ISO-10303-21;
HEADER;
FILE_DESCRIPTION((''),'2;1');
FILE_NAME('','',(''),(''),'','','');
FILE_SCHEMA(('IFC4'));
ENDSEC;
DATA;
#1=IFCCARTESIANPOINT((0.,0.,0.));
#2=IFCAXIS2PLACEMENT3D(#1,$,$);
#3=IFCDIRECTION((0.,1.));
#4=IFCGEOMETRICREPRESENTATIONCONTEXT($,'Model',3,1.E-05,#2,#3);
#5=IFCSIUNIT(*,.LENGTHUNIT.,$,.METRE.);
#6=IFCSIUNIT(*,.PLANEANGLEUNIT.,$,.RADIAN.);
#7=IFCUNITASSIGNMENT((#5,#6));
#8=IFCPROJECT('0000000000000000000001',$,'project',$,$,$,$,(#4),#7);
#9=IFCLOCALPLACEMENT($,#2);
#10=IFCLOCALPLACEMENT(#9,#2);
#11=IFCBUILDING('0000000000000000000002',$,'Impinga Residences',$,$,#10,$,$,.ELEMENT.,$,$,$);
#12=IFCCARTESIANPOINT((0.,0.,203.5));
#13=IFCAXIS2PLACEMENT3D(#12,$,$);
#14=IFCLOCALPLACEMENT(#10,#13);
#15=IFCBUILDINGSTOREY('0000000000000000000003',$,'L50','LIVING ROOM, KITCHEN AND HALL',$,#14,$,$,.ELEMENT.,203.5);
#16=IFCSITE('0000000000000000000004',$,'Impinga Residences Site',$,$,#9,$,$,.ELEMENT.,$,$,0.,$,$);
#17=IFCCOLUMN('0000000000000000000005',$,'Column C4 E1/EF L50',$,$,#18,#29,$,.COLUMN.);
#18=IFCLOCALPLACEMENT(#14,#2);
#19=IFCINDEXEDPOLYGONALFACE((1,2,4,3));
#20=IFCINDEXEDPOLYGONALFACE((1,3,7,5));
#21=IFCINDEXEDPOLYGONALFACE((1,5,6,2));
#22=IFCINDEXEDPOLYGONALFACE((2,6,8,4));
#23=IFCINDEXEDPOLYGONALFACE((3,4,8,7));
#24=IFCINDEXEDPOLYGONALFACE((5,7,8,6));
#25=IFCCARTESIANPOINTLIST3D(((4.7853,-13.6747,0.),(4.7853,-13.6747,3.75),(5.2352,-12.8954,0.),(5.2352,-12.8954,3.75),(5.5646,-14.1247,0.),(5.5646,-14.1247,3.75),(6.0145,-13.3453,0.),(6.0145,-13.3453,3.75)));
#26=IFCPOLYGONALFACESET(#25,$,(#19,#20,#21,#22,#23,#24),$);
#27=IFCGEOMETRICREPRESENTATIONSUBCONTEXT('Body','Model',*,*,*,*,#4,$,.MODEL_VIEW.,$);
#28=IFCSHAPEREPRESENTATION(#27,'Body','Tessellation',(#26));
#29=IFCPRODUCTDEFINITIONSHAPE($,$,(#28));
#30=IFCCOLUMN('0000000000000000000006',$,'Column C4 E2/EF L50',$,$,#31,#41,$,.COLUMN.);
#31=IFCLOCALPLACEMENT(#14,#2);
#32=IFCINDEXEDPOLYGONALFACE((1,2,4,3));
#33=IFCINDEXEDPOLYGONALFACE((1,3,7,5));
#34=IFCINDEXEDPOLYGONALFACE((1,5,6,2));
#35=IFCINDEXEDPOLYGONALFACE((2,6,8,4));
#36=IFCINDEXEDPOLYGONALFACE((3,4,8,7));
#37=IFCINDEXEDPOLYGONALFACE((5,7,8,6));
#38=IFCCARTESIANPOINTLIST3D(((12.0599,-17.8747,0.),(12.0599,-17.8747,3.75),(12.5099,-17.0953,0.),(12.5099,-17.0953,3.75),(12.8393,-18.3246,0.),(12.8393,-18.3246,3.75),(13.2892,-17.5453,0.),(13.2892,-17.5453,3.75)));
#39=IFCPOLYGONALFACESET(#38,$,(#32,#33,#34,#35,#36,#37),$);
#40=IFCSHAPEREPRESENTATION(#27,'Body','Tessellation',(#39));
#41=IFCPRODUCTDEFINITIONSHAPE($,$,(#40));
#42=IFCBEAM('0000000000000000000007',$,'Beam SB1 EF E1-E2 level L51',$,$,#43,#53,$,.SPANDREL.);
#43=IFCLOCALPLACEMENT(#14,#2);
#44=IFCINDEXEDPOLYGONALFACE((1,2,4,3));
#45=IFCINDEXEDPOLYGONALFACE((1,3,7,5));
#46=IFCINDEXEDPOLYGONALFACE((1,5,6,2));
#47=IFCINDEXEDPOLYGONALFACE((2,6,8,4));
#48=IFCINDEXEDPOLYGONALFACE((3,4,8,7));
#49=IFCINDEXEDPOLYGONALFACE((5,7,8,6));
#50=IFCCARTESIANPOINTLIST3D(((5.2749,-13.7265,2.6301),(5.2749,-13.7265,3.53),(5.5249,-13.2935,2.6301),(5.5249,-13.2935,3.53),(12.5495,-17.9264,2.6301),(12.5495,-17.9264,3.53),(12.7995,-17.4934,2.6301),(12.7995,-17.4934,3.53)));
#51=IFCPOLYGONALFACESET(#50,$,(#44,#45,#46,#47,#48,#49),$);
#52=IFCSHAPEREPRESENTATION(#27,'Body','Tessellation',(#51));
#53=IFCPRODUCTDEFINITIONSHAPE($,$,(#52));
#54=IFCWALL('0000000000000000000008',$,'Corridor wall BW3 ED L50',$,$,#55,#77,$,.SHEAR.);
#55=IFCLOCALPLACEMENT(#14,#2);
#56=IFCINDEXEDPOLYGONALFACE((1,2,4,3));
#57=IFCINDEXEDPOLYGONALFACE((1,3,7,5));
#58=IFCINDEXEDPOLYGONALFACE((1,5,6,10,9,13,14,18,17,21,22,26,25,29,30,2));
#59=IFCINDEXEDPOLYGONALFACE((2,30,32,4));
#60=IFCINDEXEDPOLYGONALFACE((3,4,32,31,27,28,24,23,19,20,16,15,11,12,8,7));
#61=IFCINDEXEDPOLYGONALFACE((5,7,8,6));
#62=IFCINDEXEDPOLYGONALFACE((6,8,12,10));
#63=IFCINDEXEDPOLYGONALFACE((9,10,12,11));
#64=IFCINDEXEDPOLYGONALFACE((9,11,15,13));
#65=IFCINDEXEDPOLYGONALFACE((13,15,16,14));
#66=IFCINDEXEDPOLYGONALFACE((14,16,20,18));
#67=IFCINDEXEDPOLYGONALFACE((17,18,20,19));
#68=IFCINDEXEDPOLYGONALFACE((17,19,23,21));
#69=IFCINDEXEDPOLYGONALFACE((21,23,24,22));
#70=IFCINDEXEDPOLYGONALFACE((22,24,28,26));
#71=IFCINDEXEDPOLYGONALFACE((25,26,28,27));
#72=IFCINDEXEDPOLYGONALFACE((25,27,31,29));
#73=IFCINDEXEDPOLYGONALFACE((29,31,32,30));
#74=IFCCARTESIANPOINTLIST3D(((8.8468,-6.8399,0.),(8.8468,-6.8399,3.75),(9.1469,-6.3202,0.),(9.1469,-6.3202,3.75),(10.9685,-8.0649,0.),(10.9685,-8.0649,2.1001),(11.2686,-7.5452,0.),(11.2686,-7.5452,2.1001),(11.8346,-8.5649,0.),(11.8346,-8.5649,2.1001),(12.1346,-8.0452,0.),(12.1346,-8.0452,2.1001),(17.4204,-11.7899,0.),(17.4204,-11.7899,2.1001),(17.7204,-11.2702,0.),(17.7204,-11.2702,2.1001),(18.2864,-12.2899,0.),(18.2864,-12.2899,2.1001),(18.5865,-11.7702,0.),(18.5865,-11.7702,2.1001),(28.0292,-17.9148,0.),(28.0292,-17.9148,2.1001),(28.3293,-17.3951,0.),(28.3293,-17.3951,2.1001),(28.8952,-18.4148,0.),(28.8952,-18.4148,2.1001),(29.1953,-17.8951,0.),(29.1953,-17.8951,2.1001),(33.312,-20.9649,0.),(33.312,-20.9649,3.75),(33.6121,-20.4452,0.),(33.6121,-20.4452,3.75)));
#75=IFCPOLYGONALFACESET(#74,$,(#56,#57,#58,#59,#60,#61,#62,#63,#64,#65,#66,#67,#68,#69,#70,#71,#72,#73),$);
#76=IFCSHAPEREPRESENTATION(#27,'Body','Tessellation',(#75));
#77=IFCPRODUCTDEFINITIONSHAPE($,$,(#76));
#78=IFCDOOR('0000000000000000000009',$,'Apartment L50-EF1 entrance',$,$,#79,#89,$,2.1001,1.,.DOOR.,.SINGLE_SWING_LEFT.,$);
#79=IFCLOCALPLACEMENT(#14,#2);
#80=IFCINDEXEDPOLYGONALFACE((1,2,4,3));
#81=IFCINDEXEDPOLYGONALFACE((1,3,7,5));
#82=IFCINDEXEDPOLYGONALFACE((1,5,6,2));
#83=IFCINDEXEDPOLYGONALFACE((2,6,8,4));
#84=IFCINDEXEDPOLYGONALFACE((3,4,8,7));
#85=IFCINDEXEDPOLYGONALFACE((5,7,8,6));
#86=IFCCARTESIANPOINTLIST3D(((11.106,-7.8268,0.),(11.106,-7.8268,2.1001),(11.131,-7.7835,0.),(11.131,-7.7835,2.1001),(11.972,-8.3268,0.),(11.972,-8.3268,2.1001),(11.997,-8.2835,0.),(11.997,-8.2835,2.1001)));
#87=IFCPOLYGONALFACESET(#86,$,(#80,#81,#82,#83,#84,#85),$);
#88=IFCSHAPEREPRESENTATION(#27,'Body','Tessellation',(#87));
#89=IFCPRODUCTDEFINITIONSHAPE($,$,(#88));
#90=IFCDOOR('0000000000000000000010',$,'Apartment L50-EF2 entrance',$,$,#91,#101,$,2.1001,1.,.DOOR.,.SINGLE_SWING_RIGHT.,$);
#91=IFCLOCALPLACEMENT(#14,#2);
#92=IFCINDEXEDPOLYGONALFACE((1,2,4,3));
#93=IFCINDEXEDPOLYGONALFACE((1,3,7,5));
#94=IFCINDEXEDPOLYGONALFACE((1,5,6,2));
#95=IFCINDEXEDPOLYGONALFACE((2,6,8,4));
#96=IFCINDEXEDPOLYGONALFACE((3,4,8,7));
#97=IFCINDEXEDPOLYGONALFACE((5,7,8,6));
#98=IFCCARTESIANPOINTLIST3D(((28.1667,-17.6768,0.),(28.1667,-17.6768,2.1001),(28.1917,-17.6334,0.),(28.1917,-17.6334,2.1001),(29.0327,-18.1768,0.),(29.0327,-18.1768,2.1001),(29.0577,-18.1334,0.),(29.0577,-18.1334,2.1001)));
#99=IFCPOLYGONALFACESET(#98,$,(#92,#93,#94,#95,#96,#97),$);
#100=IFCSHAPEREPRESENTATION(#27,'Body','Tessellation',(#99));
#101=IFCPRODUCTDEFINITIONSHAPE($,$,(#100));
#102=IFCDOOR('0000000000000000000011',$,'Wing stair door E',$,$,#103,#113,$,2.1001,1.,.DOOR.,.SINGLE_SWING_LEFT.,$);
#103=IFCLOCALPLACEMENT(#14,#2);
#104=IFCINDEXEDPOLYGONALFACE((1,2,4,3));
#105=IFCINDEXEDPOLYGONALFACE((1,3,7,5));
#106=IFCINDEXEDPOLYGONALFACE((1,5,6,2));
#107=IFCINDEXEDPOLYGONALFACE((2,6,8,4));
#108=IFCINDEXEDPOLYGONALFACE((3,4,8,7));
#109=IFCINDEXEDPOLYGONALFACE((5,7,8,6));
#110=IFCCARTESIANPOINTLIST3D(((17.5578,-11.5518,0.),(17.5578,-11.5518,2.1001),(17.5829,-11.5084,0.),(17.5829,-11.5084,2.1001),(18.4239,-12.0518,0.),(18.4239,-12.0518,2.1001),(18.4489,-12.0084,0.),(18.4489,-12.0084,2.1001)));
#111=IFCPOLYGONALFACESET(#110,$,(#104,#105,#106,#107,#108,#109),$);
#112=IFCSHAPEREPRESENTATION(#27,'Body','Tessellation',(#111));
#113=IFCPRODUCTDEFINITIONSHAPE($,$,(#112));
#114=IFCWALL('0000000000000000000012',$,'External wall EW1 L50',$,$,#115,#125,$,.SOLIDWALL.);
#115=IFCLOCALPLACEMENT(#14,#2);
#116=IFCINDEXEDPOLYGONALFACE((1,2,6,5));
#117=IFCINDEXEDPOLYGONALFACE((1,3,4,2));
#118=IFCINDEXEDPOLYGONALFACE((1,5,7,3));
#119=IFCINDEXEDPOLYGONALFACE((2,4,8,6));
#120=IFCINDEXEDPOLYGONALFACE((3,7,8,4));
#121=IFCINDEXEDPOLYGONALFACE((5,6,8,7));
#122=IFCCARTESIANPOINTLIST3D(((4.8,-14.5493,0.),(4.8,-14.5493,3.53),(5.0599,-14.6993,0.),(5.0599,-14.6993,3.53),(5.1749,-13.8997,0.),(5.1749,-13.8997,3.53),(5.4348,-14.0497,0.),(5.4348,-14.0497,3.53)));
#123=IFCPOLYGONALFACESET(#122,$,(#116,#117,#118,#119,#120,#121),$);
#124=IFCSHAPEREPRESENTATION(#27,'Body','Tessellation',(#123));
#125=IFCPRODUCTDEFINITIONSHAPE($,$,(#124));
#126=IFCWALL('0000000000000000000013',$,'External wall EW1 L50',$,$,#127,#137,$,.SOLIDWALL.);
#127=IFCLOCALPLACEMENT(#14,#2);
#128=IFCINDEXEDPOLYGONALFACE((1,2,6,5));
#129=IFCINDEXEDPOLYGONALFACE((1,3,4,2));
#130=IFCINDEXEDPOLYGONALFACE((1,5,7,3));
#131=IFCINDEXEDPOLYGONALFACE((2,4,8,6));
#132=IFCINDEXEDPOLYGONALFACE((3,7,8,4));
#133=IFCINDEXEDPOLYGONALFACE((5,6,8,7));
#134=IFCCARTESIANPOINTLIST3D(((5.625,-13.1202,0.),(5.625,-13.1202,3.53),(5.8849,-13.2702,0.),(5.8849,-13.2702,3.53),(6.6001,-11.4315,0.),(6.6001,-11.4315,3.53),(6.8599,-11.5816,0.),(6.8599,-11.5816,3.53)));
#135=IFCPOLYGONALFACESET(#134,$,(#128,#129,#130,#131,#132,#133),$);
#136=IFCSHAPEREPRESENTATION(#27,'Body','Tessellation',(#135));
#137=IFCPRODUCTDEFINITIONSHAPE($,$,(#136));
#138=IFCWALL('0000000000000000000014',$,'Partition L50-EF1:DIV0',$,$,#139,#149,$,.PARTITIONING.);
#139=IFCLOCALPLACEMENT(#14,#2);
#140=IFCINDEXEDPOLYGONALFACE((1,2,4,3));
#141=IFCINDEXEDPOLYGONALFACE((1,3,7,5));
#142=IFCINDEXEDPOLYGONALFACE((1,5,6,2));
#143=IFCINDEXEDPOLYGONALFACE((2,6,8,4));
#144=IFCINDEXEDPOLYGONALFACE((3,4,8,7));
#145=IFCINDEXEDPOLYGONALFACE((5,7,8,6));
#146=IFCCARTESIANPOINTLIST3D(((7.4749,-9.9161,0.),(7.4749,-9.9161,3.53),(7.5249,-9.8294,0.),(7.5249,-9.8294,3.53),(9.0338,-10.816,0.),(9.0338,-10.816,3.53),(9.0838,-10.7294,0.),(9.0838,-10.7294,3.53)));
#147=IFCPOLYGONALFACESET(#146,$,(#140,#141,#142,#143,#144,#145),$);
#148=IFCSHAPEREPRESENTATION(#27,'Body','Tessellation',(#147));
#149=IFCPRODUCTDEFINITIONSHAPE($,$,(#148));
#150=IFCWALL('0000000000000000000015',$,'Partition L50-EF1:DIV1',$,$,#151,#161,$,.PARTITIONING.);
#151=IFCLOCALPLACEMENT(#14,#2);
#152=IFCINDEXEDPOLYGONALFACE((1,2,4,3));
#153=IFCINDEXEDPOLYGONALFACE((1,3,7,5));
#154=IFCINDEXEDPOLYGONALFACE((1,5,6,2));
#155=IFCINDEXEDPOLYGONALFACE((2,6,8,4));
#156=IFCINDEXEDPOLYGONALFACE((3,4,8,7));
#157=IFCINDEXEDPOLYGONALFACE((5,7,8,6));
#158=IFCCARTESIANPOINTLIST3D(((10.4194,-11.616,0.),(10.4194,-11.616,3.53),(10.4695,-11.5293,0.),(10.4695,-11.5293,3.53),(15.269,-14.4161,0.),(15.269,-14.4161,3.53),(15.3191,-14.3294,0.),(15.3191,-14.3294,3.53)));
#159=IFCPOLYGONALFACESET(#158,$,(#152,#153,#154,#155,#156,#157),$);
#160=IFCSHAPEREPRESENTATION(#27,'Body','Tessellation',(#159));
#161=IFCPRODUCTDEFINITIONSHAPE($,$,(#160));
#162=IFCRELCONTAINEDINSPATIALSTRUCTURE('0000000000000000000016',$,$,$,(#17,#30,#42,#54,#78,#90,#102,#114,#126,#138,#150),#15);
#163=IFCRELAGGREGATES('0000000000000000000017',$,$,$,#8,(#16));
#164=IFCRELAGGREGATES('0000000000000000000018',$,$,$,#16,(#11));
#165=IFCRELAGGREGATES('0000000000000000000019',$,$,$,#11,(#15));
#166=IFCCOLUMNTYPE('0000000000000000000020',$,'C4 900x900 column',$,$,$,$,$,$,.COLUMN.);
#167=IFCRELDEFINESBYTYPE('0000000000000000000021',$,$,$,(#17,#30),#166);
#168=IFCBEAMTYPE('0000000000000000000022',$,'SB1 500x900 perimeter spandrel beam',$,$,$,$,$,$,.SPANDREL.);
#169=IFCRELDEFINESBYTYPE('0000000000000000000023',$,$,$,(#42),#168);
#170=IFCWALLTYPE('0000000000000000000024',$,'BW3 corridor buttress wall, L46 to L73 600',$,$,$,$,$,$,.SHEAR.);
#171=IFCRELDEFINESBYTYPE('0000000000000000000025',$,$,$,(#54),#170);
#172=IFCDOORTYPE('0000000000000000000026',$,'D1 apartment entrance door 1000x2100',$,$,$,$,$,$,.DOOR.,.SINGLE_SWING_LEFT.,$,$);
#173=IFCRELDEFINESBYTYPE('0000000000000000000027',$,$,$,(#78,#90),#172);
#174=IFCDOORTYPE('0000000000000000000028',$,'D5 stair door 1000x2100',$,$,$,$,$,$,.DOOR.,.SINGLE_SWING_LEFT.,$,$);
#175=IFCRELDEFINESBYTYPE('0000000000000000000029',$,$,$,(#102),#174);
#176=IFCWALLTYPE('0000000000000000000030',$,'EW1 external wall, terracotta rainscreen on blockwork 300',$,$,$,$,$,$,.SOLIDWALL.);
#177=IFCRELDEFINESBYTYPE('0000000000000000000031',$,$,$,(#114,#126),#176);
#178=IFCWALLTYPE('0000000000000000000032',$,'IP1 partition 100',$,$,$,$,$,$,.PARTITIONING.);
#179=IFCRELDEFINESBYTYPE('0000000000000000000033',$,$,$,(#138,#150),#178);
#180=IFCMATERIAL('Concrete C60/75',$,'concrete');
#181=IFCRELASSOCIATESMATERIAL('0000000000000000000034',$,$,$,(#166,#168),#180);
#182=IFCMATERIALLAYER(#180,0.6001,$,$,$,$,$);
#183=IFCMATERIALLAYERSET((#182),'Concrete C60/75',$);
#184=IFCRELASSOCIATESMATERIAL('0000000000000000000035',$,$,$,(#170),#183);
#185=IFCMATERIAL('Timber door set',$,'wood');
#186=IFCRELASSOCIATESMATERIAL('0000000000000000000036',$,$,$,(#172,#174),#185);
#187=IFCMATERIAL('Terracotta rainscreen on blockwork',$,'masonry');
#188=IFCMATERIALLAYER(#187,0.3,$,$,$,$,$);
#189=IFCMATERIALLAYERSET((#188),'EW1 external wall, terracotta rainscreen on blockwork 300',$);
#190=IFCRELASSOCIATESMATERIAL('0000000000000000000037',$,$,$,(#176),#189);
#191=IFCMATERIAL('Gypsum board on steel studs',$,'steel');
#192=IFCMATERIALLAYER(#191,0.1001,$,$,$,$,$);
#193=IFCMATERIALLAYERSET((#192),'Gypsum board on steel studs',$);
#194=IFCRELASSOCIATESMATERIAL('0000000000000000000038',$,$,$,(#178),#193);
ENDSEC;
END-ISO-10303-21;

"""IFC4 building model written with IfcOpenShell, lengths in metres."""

from ifc_helpers import new_model, si_unit, direction, frame, frame_2d, origin, origin_2d, place, context, subcontext, project, spatial, rectangle, extrude, material, layer, layer_set, material_profile, profile_set, type_object, element, fill, save


model = new_model("IFC4")

# Units and contexts
model_context = context("Model", 3, precision=1e-05, world=origin(), true_north=direction((0.0, 1.0)))
body_context = subcontext(model_context, "Body", "Model", "MODEL_VIEW")
ifc_project = project(units=[si_unit("LENGTHUNIT", "METRE"), si_unit("PLANEANGLEUNIT", "RADIAN")], contexts=[model_context])

# Site, building, storey
site_placement = place(None, origin())
site = spatial("IfcSite", under=ifc_project, at=site_placement, Name="Impinga Residences Site", CompositionType="ELEMENT", RefElevation=0.0)
building_placement = place(site_placement, origin())
building = spatial("IfcBuilding", under=site, at=building_placement, Name="Impinga Residences", CompositionType="ELEMENT")
storey_placement = place(building_placement, frame((0.0, 0.0, 203.5)))
storey = spatial("IfcBuildingStorey", under=building, at=storey_placement, Name="L50", Description="LIVING ROOM, KITCHEN AND HALL", CompositionType="ELEMENT", Elevation=203.5)

# Columns
ifc_material_1 = material(Name="Concrete C60/75", Category="concrete")
ifc_material_profile_1 = material_profile(ifc_material_1, rectangle(XDim=0.8999, YDim=0.8999, at=origin_2d()), Name="RC 900x900")
ifc_profile_set_1 = profile_set([ifc_material_profile_1], Name="Concrete C60/75")
column_type = type_object("IfcColumnType", Name="C4 900x900 column", PredefinedType="COLUMN", material=ifc_profile_set_1)
for number, where, z_axis, x_axis, name in (
    (1, (5.3999, -13.51, 0.0), (0.0, 0.0, 1.0), (-0.5, -0.866025, 0.0), "Column C4 E1/EF L50"),
    (2, (12.6746, -17.71, 0.0), (0.0, 0.0, 1.0), (-0.5, -0.866025, 0.0), "Column C4 E2/EF L50"),
):
    element("IfcColumn", number, at=place(storey_placement, frame(where, z_axis=z_axis, x_axis=x_axis)), inside=storey, type_object=column_type, Name=name, PredefinedType="COLUMN", context=body_context, shape_type="SweptSolid", body=[
        extrude(rectangle(XDim=0.8999, YDim=0.8999, at=origin_2d()), origin(), (0.0, 0.0, 1.0), 3.75),
    ])

# Beam
ifc_material_profile_2 = material_profile(ifc_material_1, rectangle(XDim=0.5, YDim=0.8999, at=origin_2d()), Name="RC 500x900")
ifc_profile_set_2 = profile_set([ifc_material_profile_2], Name="Concrete C60/75")
beam_type = type_object("IfcBeamType", Name="SB1 500x900 perimeter spandrel beam", PredefinedType="SPANDREL", material=ifc_profile_set_2)
beam_placement = place(storey_placement, frame((5.3999, -13.51, 3.0801), z_axis=(0.866029, -0.499993, 0.0), x_axis=(0.499993, 0.866029, 0.0)))
element("IfcBeam", 3, at=beam_placement, inside=storey, type_object=beam_type, Name="Beam SB1 EF E1-E2 level L51", PredefinedType="SPANDREL", context=body_context, shape_type="SweptSolid", body=[
    extrude(rectangle(XDim=0.5, YDim=0.8999, at=origin_2d()), origin(), (0.0, 0.0, 1.0), 8.3999),
])

# Wall, openings, doors
ifc_layer_1 = layer(ifc_material_1, 0.6001)
ifc_layer_set_1 = layer_set([ifc_layer_1], Name="Concrete C60/75")
wall_type_1 = type_object("IfcWallType", Name="BW3 corridor buttress wall, L46 to L73 600", PredefinedType="SHEAR", material=ifc_layer_set_1)
wall_1_placement = place(storey_placement, frame((8.9968, -6.5801, 0.0), z_axis=(0.0, 0.0, 1.0), x_axis=(0.866026, -0.499998, 0.0)))
wall_1 = element("IfcWall", 4, at=wall_1_placement, inside=storey, type_object=wall_type_1, Name="Corridor wall BW3 ED L50", PredefinedType="SHEAR", context=body_context, shape_type="SweptSolid", body=[
    extrude(rectangle(XDim=28.25, YDim=0.6001, at=frame_2d((14.125, 0.0))), origin(), (0.0, 0.0, 1.0), 3.75),
])
opening_1_placement = place(wall_1_placement, frame((9.8999, 0.0, 0.0)))
opening_1 = element("IfcOpeningElement", 5, at=opening_1_placement, cuts=wall_1, PredefinedType="OPENING", context=body_context, shape_type="SweptSolid", body=[
    extrude(rectangle(XDim=1.0, YDim=2.1001, at=frame_2d((0.5, 1.05))), frame((0.0, 0.3101, 0.0), z_axis=(0.0, -1.0, 0.0), x_axis=(1.0, 0.0, 0.0)), (0.0, 0.0, 1.0), 0.6201),
])
opening_2_placement = place(wall_1_placement, frame((2.45, 0.0, 0.0)))
opening_2 = element("IfcOpeningElement", 6, at=opening_2_placement, cuts=wall_1, PredefinedType="OPENING", context=body_context, shape_type="SweptSolid", body=[
    extrude(rectangle(XDim=1.0, YDim=2.1001, at=frame_2d((0.5, 1.05))), frame((0.0, 0.3101, 0.0), z_axis=(0.0, -1.0, 0.0), x_axis=(1.0, 0.0, 0.0)), (0.0, 0.0, 1.0), 0.6201),
])
opening_3_placement = place(wall_1_placement, frame((22.1499, 0.0, 0.0)))
opening_3 = element("IfcOpeningElement", 7, at=opening_3_placement, cuts=wall_1, PredefinedType="OPENING", context=body_context, shape_type="SweptSolid", body=[
    extrude(rectangle(XDim=1.0, YDim=2.1001, at=frame_2d((0.5, 1.05))), frame((0.0, 0.3101, 0.0), z_axis=(0.0, -1.0, 0.0), x_axis=(1.0, 0.0, 0.0)), (0.0, 0.0, 1.0), 0.6201),
])
ifc_material_2 = material(Name="Timber door set", Category="wood")
door_type_1 = type_object("IfcDoorType", Name="D1 apartment entrance door 1000x2100", OperationType="SINGLE_SWING_LEFT", PredefinedType="DOOR", material=ifc_material_2)
door_1_placement = place(opening_2_placement, origin())
door_1 = element("IfcDoor", 8, at=door_1_placement, inside=storey, type_object=door_type_1, Name="Apartment L50-EF1 entrance", OperationType="SINGLE_SWING_LEFT", OverallHeight=2.1001, OverallWidth=1.0, PredefinedType="DOOR", context=body_context, shape_type="SweptSolid", body=[
    extrude(rectangle(XDim=1.0, YDim=2.1001, at=frame_2d((0.5, 1.05))), frame((0.0, 0.0249, 0.0), z_axis=(0.0, -1.0, 0.0), x_axis=(1.0, 0.0, 0.0)), (0.0, 0.0, 1.0), 0.05),
])
fill(opening_2, door_1)
door_2_placement = place(opening_3_placement, origin())
door_2 = element("IfcDoor", 9, at=door_2_placement, inside=storey, type_object=door_type_1, Name="Apartment L50-EF2 entrance", OperationType="SINGLE_SWING_RIGHT", OverallHeight=2.1001, OverallWidth=1.0, PredefinedType="DOOR", context=body_context, shape_type="SweptSolid", body=[
    extrude(rectangle(XDim=1.0, YDim=2.1001, at=frame_2d((0.5, 1.05))), frame((0.0, 0.0249, 0.0), z_axis=(0.0, -1.0, 0.0), x_axis=(1.0, 0.0, 0.0)), (0.0, 0.0, 1.0), 0.05),
])
fill(opening_3, door_2)
door_type_2 = type_object("IfcDoorType", Name="D5 stair door 1000x2100", OperationType="SINGLE_SWING_LEFT", PredefinedType="DOOR", material=ifc_material_2)
door_3_placement = place(opening_1_placement, origin())
door_3 = element("IfcDoor", 10, at=door_3_placement, inside=storey, type_object=door_type_2, Name="Wing stair door E", OperationType="SINGLE_SWING_LEFT", OverallHeight=2.1001, OverallWidth=1.0, PredefinedType="DOOR", context=body_context, shape_type="SweptSolid", body=[
    extrude(rectangle(XDim=1.0, YDim=2.1001, at=frame_2d((0.5, 1.05))), frame((0.0, 0.0249, 0.0), z_axis=(0.0, -1.0, 0.0), x_axis=(1.0, 0.0, 0.0)), (0.0, 0.0, 1.0), 0.05),
])
fill(opening_1, door_3)

# Walls
ifc_material_3 = material(Name="Terracotta rainscreen on blockwork", Category="masonry")
ifc_layer_2 = layer(ifc_material_3, 0.3)
ifc_layer_set_2 = layer_set([ifc_layer_2], Name="EW1 external wall, terracotta rainscreen on blockwork 300")
wall_type_2 = type_object("IfcWallType", Name="EW1 external wall, terracotta rainscreen on blockwork 300", PredefinedType="SOLIDWALL", material=ifc_layer_set_2)
wall_2_placement = place(storey_placement, frame((4.9299, -14.6243, 0.0), z_axis=(0.0, 0.0, 1.0), x_axis=(0.49992, 0.866072, 0.0)))
element("IfcWall", 11, at=wall_2_placement, inside=storey, type_object=wall_type_2, Name="External wall EW1 L50", PredefinedType="SOLIDWALL", context=body_context, shape_type="SweptSolid", body=[
    extrude(rectangle(XDim=0.75, YDim=0.3, at=frame_2d((0.375, 0.0))), origin(), (0.0, 0.0, 1.0), 3.53),
])
wall_3_placement = place(storey_placement, frame((5.7549, -13.1953, 0.0), z_axis=(0.0, 0.0, 1.0), x_axis=(0.500044, 0.866, 0.0)))
element("IfcWall", 12, at=wall_3_placement, inside=storey, type_object=wall_type_2, Name="External wall EW1 L50", PredefinedType="SOLIDWALL", context=body_context, shape_type="SweptSolid", body=[
    extrude(rectangle(XDim=1.95, YDim=0.3, at=frame_2d((0.9751, 0.0))), origin(), (0.0, 0.0, 1.0), 3.53),
])
ifc_material_4 = material(Name="Gypsum board on steel studs", Category="steel")
ifc_layer_3 = layer(ifc_material_4, 0.1001)
ifc_layer_set_3 = layer_set([ifc_layer_3], Name="Gypsum board on steel studs")
wall_type_3 = type_object("IfcWallType", Name="IP1 partition 100", PredefinedType="PARTITIONING", material=ifc_layer_set_3)
wall_4_placement = place(storey_placement, frame((7.5, -9.8728, 0.0), z_axis=(0.0, 0.0, 1.0), x_axis=(0.866048, -0.499961, 0.0)))
element("IfcWall", 13, at=wall_4_placement, inside=storey, type_object=wall_type_3, Name="Partition L50-EF1:DIV0", PredefinedType="PARTITIONING", context=body_context, shape_type="SweptSolid", body=[
    extrude(rectangle(XDim=1.8, YDim=0.1001, at=frame_2d((0.8999, 0.0))), origin(), (0.0, 0.0, 1.0), 3.53),
])
wall_5_placement = place(storey_placement, frame((10.4446, -11.5728, 0.0), z_axis=(0.0, 0.0, 1.0), x_axis=(0.866016, -0.500017, 0.0)))
element("IfcWall", 14, at=wall_5_placement, inside=storey, type_object=wall_type_3, Name="Partition L50-EF1:DIV1", PredefinedType="PARTITIONING", context=body_context, shape_type="SweptSolid", body=[
    extrude(rectangle(XDim=5.5999, YDim=0.1001, at=frame_2d((2.7998, 0.0))), origin(), (0.0, 0.0, 1.0), 3.53),
])

save(model, "model.ifc")
